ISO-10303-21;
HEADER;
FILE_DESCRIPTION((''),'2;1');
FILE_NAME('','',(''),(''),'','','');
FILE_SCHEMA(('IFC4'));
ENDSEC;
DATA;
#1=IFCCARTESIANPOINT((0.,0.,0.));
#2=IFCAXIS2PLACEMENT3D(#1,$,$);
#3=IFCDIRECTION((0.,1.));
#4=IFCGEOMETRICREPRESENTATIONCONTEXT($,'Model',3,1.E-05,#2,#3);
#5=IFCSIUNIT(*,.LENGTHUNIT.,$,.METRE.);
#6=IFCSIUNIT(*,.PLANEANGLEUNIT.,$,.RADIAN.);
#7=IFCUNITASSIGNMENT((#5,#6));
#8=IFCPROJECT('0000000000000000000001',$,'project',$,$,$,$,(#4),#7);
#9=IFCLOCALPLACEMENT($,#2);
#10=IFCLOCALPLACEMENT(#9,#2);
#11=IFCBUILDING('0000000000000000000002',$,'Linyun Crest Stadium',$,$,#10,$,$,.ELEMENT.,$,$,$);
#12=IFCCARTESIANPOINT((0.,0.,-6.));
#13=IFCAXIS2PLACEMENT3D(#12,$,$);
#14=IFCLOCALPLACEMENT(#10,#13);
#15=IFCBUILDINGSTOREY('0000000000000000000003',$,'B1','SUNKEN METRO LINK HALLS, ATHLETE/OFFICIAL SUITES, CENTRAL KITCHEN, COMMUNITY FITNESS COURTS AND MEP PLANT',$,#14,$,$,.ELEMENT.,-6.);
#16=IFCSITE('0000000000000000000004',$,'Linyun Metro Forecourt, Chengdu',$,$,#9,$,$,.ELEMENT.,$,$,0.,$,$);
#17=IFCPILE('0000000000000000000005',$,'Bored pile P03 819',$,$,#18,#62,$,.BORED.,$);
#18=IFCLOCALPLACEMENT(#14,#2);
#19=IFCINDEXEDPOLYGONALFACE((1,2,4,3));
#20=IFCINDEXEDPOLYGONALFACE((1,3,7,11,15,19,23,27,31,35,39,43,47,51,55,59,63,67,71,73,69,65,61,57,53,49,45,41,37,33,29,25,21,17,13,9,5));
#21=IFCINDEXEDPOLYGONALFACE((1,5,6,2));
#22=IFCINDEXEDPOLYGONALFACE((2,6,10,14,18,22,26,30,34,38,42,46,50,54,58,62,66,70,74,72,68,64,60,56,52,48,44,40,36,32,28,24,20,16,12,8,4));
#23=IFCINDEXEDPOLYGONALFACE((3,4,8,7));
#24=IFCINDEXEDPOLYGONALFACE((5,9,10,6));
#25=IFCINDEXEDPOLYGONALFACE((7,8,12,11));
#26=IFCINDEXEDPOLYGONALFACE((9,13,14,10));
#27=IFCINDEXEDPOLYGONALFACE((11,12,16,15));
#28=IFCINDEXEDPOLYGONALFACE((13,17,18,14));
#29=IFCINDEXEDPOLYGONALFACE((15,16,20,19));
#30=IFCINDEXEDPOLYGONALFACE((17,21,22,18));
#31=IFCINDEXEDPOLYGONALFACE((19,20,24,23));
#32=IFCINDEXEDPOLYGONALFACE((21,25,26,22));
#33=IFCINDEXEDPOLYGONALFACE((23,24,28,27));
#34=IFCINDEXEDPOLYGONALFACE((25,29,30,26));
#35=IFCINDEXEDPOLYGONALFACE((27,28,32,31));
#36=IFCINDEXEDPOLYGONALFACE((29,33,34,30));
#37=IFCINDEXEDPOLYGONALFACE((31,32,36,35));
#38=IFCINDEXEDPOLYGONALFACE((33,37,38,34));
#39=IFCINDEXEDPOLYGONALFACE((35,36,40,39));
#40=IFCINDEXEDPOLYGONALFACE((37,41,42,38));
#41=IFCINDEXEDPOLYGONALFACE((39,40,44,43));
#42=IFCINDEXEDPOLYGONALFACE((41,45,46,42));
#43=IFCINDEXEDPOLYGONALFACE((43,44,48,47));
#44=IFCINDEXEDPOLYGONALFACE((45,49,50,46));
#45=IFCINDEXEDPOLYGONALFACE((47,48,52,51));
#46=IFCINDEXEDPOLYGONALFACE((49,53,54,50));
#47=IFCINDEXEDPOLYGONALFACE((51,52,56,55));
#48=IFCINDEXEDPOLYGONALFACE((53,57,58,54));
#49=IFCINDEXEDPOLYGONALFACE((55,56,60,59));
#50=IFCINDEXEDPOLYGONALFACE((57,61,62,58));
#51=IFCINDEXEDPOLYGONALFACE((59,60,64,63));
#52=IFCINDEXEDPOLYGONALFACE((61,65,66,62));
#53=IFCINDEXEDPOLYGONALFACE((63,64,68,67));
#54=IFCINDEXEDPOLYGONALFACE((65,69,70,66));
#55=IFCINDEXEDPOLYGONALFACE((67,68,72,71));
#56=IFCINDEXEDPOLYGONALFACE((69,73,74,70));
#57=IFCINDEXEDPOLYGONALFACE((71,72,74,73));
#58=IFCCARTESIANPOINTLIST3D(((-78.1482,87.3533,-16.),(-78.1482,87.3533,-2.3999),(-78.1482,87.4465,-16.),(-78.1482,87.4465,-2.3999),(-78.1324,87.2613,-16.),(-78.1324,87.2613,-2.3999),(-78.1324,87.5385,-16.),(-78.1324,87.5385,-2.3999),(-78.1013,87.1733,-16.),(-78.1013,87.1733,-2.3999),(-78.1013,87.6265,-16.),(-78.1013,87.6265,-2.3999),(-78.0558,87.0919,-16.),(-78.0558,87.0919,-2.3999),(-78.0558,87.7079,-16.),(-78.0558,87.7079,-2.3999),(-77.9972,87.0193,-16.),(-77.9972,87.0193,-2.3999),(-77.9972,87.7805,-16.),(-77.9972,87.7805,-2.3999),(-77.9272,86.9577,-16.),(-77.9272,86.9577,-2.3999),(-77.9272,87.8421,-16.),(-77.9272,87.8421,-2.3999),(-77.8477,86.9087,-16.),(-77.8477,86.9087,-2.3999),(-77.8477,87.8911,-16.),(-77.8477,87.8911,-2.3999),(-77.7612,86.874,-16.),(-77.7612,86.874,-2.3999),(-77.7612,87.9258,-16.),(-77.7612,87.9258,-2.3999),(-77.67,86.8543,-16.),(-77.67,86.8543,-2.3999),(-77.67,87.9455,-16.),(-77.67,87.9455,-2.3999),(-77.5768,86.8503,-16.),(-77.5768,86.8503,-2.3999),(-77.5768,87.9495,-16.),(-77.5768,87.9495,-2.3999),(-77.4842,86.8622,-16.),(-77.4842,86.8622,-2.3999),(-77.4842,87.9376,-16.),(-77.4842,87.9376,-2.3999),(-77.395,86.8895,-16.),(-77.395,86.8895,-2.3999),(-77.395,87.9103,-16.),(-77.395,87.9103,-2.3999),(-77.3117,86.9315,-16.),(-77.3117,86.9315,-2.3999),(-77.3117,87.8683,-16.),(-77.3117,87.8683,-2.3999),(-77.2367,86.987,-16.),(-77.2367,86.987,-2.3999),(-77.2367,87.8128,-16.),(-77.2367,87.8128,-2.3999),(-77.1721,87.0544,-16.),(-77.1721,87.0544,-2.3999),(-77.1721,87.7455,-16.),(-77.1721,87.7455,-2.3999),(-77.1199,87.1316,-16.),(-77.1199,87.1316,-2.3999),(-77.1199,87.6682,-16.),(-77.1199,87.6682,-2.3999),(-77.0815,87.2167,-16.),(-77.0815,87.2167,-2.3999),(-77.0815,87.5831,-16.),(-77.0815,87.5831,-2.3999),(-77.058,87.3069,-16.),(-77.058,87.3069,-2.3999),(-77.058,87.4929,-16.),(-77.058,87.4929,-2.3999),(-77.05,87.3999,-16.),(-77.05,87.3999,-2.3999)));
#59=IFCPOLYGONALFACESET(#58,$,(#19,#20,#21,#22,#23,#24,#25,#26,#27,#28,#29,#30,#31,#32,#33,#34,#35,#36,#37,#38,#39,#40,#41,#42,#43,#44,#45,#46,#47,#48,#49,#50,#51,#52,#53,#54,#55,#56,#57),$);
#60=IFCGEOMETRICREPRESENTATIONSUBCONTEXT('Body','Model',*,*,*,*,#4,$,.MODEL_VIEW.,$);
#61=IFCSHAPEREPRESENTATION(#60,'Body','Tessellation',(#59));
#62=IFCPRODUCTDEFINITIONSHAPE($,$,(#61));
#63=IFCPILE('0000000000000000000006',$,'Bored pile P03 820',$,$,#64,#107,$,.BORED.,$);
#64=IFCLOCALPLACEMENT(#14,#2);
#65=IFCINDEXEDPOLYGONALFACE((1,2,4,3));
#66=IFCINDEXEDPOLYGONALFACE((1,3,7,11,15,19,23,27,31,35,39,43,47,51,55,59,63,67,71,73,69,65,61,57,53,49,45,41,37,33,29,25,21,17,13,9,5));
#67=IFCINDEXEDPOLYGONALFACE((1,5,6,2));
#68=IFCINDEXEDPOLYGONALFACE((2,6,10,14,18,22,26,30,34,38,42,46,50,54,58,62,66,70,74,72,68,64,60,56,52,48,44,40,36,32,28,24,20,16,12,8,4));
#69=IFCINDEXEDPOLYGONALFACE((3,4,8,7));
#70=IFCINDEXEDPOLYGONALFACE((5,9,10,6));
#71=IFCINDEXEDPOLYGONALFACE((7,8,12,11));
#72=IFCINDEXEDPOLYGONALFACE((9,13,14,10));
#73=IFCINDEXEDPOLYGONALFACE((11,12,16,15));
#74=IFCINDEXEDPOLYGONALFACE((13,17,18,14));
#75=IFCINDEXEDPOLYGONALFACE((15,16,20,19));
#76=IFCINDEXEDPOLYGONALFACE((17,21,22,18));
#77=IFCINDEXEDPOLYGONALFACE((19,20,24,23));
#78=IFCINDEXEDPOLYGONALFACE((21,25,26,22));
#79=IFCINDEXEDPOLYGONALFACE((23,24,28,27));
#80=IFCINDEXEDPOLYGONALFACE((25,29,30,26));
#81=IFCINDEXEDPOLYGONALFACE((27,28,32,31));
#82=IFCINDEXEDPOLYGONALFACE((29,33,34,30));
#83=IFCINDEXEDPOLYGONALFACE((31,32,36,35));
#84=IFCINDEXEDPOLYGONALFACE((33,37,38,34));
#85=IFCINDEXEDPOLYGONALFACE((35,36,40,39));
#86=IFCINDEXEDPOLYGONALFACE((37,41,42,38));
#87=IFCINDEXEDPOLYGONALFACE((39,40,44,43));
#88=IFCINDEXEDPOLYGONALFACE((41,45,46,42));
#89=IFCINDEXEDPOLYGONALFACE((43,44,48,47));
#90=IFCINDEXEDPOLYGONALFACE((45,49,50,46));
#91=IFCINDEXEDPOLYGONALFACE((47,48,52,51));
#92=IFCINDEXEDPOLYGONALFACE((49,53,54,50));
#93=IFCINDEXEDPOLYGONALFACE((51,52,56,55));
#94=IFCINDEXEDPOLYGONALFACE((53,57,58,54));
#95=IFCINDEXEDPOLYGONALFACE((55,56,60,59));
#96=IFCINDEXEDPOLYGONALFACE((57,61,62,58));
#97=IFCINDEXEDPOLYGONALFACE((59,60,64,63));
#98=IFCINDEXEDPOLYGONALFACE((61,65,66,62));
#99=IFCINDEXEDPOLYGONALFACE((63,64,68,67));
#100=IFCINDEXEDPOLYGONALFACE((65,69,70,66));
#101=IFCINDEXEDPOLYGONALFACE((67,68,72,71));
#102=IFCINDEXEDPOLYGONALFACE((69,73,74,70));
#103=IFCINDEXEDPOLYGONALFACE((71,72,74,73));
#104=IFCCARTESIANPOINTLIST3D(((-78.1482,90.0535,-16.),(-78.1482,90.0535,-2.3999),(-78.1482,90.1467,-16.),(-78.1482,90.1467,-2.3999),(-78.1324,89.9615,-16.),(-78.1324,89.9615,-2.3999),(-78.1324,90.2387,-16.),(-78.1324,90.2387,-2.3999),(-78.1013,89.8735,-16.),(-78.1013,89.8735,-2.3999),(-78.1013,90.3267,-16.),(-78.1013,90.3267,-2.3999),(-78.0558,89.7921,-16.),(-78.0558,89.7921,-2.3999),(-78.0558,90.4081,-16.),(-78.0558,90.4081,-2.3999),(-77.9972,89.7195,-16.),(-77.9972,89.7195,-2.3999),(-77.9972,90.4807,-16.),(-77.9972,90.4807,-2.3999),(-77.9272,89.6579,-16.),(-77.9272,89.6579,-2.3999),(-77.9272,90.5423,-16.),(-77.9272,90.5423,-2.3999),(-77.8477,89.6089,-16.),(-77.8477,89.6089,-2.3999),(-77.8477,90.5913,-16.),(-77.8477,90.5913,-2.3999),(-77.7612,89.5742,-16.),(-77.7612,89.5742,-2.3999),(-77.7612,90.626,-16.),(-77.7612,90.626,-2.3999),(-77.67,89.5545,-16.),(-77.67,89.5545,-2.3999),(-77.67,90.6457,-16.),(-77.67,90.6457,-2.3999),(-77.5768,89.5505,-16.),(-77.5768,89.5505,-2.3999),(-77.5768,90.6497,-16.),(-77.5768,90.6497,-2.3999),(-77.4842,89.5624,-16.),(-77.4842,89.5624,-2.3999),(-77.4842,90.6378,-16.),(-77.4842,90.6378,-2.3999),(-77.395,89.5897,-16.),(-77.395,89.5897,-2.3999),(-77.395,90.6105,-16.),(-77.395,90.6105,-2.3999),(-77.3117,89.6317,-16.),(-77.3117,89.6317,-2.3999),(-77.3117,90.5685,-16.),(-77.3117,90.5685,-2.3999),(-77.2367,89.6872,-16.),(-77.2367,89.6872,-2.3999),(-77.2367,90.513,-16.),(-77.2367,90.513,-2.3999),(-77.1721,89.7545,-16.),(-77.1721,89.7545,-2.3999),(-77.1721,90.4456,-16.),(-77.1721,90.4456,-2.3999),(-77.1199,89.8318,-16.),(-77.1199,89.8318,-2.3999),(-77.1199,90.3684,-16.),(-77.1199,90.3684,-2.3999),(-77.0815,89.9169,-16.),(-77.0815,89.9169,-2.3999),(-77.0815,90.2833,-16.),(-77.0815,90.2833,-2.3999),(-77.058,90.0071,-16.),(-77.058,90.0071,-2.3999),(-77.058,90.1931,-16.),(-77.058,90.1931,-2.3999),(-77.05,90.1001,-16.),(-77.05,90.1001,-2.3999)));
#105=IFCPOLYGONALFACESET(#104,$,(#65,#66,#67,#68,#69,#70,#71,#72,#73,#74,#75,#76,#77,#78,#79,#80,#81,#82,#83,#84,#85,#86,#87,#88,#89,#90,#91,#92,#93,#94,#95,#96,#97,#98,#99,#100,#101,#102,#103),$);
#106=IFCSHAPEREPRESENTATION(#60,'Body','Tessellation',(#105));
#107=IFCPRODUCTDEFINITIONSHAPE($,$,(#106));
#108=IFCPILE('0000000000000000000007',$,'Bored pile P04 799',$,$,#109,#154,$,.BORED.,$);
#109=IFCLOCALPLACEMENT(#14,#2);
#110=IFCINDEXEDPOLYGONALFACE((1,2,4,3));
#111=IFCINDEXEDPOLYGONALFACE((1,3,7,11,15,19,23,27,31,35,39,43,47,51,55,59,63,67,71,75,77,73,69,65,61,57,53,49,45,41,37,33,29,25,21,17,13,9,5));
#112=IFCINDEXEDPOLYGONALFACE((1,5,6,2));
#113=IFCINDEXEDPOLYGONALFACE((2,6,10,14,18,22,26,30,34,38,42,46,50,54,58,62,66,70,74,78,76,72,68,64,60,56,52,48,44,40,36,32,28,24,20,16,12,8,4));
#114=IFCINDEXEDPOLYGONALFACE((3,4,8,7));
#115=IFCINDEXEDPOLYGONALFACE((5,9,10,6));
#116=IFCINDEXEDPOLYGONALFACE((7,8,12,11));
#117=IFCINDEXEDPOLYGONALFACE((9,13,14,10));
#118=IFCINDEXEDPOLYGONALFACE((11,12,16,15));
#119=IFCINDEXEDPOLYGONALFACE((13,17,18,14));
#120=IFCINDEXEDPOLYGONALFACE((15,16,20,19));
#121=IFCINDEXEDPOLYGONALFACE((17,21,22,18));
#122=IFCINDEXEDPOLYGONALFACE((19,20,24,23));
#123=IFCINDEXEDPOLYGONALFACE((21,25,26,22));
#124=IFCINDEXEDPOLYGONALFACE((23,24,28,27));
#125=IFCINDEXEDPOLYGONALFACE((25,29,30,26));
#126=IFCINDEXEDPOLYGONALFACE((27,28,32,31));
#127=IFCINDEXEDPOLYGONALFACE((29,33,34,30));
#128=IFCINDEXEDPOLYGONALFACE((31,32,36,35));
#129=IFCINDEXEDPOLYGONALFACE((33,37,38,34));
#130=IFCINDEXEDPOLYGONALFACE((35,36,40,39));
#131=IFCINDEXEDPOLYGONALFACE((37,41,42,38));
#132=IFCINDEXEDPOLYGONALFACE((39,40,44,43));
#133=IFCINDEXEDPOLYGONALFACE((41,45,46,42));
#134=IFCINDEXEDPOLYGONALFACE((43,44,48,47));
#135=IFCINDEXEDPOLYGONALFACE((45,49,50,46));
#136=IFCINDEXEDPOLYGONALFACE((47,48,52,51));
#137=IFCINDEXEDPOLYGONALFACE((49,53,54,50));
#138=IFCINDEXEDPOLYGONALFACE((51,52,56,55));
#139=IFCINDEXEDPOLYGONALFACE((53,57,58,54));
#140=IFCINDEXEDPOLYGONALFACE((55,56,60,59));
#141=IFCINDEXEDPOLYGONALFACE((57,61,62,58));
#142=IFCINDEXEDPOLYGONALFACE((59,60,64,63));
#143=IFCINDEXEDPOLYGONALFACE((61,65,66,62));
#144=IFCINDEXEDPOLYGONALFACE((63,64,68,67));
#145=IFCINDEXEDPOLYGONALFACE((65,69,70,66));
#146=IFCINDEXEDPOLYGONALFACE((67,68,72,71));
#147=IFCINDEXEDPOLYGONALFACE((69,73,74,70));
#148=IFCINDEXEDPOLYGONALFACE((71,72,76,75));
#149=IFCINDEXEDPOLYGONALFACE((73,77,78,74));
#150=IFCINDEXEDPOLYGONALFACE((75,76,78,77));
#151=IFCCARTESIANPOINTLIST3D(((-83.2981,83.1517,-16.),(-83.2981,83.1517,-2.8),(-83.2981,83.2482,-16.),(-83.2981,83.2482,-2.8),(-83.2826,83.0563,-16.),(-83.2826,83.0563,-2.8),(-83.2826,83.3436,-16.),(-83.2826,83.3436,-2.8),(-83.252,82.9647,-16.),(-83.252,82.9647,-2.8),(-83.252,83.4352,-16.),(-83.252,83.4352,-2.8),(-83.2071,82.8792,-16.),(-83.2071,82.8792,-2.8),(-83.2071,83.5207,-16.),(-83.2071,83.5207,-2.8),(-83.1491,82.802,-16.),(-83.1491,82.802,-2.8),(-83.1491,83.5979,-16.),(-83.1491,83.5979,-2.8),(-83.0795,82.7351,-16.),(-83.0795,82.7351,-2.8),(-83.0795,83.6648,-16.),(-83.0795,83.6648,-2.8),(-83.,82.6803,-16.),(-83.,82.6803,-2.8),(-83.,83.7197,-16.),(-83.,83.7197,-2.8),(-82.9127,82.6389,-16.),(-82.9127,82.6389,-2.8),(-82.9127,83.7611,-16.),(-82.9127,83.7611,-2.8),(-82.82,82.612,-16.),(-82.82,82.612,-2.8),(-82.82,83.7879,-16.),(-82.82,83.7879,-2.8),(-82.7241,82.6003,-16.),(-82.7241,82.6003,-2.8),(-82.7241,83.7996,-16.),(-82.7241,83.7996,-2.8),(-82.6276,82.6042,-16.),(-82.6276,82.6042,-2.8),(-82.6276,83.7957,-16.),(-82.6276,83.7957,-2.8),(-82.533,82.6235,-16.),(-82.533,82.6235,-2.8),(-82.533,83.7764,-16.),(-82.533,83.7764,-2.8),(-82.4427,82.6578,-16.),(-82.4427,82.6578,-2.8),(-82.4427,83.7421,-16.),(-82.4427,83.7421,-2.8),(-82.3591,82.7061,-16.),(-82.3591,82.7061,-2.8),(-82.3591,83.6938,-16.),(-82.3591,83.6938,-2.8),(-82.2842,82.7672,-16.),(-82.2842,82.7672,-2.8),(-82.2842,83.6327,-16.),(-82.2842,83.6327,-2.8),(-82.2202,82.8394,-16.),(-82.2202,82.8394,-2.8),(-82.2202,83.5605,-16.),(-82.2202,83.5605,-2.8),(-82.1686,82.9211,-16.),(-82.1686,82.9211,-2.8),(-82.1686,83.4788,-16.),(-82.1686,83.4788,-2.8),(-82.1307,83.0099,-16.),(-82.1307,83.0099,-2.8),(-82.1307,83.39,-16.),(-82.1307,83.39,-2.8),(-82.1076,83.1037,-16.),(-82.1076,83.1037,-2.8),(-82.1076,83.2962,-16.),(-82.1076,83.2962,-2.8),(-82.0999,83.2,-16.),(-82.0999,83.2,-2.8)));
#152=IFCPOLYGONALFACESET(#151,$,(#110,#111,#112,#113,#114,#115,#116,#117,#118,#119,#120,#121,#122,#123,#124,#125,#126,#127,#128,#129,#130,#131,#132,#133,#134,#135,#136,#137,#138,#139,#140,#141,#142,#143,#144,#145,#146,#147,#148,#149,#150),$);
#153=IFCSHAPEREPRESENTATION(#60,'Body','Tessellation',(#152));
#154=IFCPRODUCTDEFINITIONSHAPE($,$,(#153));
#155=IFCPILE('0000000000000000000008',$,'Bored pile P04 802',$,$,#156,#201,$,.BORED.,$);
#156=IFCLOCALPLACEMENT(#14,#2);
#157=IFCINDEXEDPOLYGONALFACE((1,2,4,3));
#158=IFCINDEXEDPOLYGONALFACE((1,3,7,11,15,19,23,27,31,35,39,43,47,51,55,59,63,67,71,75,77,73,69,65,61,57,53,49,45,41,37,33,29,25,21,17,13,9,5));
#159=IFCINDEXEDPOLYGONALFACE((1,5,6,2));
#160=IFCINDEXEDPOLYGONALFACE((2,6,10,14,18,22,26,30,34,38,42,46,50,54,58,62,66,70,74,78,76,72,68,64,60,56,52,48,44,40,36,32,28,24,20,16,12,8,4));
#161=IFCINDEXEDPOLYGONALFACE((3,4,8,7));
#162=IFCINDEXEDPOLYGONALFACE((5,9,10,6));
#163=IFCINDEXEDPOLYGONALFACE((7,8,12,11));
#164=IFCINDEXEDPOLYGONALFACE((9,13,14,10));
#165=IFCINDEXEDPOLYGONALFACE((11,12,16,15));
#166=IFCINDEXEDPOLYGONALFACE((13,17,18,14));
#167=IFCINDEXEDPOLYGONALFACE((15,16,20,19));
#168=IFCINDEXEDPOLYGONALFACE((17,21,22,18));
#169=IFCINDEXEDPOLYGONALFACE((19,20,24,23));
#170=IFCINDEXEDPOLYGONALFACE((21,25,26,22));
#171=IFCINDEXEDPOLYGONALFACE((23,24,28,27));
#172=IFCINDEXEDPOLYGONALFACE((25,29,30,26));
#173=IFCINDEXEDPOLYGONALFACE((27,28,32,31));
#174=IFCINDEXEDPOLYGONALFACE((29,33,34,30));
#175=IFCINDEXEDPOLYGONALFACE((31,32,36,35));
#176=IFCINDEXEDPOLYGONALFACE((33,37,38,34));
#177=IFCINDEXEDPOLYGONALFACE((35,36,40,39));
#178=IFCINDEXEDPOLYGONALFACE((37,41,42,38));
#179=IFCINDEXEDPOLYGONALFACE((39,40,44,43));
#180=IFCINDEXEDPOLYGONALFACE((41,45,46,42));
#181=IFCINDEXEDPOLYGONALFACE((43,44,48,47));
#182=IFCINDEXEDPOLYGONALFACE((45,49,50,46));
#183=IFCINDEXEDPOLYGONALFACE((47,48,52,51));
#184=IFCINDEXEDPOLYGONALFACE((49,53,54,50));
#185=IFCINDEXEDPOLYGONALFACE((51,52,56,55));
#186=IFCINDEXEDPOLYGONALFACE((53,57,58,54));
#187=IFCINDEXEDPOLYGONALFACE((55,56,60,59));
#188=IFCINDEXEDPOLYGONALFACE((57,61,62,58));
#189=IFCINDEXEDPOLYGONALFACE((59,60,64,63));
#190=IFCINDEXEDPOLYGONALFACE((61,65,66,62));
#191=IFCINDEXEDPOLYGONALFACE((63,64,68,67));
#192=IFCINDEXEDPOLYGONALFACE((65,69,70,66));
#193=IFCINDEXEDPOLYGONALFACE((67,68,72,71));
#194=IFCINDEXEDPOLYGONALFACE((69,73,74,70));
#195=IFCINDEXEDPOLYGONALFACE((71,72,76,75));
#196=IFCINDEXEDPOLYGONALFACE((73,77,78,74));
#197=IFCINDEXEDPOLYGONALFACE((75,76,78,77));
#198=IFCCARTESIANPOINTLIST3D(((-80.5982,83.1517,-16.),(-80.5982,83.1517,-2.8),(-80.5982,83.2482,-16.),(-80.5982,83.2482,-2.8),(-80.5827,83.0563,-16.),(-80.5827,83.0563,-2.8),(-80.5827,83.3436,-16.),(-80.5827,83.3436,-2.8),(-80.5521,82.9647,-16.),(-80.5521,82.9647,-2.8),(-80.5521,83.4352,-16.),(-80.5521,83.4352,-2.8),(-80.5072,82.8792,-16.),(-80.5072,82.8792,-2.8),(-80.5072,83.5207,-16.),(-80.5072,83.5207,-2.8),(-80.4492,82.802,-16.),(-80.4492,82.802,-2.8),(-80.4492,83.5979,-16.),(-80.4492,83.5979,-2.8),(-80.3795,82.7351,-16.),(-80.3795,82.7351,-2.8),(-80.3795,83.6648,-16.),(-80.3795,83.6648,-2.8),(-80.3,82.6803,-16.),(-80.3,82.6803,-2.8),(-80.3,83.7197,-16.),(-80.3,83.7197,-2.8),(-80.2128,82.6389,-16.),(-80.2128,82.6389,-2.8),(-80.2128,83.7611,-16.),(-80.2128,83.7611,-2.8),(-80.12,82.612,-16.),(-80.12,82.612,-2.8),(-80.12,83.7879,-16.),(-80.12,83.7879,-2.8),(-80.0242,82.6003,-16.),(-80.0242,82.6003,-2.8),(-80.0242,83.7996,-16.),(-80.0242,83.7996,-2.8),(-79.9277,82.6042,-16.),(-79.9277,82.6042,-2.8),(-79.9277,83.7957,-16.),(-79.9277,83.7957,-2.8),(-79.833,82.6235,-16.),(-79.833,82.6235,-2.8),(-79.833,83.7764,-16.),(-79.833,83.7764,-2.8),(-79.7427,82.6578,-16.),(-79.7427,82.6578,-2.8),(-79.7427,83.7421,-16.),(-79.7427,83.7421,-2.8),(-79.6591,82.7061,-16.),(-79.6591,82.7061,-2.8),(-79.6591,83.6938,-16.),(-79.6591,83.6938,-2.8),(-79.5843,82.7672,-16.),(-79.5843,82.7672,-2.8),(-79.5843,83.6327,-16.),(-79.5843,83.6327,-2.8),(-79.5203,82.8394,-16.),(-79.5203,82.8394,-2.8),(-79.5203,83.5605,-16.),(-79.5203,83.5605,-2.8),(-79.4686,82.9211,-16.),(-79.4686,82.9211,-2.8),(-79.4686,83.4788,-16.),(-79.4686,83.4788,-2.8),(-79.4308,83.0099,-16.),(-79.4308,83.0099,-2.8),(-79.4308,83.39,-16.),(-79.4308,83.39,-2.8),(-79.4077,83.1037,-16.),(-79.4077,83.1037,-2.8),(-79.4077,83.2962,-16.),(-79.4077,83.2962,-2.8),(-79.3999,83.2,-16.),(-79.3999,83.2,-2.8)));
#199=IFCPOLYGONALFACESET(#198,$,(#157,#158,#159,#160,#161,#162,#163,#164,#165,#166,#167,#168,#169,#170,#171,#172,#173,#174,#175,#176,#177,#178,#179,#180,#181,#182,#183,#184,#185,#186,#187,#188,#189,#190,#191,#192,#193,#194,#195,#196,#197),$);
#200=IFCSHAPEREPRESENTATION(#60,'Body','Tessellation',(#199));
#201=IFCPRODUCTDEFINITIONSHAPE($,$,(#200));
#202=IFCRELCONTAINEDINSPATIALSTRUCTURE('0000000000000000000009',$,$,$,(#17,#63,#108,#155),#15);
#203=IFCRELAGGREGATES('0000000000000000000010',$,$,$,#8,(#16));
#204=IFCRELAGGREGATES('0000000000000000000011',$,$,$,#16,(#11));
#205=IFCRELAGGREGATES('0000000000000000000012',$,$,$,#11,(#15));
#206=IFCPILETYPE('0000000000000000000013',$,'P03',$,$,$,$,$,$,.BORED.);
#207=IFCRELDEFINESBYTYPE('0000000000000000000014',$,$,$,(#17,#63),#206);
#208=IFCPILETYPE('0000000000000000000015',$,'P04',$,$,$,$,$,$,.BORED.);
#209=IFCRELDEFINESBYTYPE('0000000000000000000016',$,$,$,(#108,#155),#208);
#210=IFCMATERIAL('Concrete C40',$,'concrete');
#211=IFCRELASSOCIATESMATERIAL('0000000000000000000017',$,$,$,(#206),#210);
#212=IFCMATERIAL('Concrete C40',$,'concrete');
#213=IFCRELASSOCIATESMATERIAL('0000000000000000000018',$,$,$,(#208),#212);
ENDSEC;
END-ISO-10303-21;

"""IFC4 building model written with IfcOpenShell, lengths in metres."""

from ifc_helpers import new_model, si_unit, direction, frame, origin, origin_2d, place, context, subcontext, project, spatial, circle, extrude, material, material_profile, profile_set, type_object, element, save


model = new_model("IFC4")

# Units and contexts
model_context = context("Model", 3, precision=1e-05, world=origin(), true_north=direction((0.0, 1.0)))
body_context = subcontext(model_context, "Body", "Model", "MODEL_VIEW")
ifc_project = project(units=[si_unit("LENGTHUNIT", "METRE"), si_unit("PLANEANGLEUNIT", "RADIAN")], contexts=[model_context])

# Site, building, storey
site_placement = place(None, origin())
site = spatial("IfcSite", under=ifc_project, at=site_placement, Name="Linyun Metro Forecourt, Chengdu", CompositionType="ELEMENT", RefElevation=0.0)
building_placement = place(site_placement, origin())
building = spatial("IfcBuilding", under=site, at=building_placement, Name="Linyun Crest Stadium", CompositionType="ELEMENT")
storey_placement = place(building_placement, frame((0.0, 0.0, -6.0)))
storey = spatial("IfcBuildingStorey", under=building, at=storey_placement, Name="B1", Description="SUNKEN METRO LINK HALLS, ATHLETE/OFFICIAL SUITES, CENTRAL KITCHEN, COMMUNITY FITNESS COURTS AND MEP PLANT", CompositionType="ELEMENT", Elevation=-6.0)

# Piles
ifc_material_1 = material(Name="Concrete C40", Category="concrete")
ifc_material_profile_1 = material_profile(ifc_material_1, circle(Radius=0.55, at=origin_2d()), Name="BORED PILE 1100")
ifc_profile_set_1 = profile_set([ifc_material_profile_1], Name="Concrete C40")
pile_type_1 = type_object("IfcPileType", Name="P03", PredefinedType="BORED", material=ifc_profile_set_1)
for number, where, z_axis, x_axis, name in (
    (1, (-77.6001, 87.3999, -2.3999), (0.0, 0.0, -1.0), (1.0, 0.0, 0.0), "Bored pile P03 819"),
    (2, (-77.6001, 90.1001, -2.3999), (0.0, 0.0, -1.0), (1.0, 0.0, 0.0), "Bored pile P03 820"),
):
    element("IfcPile", number, at=place(storey_placement, frame(where, z_axis=z_axis, x_axis=x_axis)), inside=storey, type_object=pile_type_1, Name=name, PredefinedType="BORED", context=body_context, shape_type="SweptSolid", body=[
        extrude(circle(Radius=0.55, at=origin_2d()), origin(), (0.0, 0.0, 1.0), 13.6001),
    ])
ifc_material_2 = material(Name="Concrete C40", Category="concrete")
ifc_material_profile_2 = material_profile(ifc_material_2, circle(Radius=0.6001, at=origin_2d()), Name="BORED PILE 1200")
ifc_profile_set_2 = profile_set([ifc_material_profile_2], Name="Concrete C40")
pile_type_2 = type_object("IfcPileType", Name="P04", PredefinedType="BORED", material=ifc_profile_set_2)
for number, where, z_axis, x_axis, name in (
    (3, (-82.7, 83.2, -2.8), (0.0, 0.0, -1.0), (1.0, 0.0, 0.0), "Bored pile P04 799"),
    (4, (-80.0, 83.2, -2.8), (0.0, 0.0, -1.0), (1.0, 0.0, 0.0), "Bored pile P04 802"),
):
    element("IfcPile", number, at=place(storey_placement, frame(where, z_axis=z_axis, x_axis=x_axis)), inside=storey, type_object=pile_type_2, Name=name, PredefinedType="BORED", context=body_context, shape_type="SweptSolid", body=[
        extrude(circle(Radius=0.6001, at=origin_2d()), origin(), (0.0, 0.0, 1.0), 13.2),
    ])

save(model, "model.ifc")
